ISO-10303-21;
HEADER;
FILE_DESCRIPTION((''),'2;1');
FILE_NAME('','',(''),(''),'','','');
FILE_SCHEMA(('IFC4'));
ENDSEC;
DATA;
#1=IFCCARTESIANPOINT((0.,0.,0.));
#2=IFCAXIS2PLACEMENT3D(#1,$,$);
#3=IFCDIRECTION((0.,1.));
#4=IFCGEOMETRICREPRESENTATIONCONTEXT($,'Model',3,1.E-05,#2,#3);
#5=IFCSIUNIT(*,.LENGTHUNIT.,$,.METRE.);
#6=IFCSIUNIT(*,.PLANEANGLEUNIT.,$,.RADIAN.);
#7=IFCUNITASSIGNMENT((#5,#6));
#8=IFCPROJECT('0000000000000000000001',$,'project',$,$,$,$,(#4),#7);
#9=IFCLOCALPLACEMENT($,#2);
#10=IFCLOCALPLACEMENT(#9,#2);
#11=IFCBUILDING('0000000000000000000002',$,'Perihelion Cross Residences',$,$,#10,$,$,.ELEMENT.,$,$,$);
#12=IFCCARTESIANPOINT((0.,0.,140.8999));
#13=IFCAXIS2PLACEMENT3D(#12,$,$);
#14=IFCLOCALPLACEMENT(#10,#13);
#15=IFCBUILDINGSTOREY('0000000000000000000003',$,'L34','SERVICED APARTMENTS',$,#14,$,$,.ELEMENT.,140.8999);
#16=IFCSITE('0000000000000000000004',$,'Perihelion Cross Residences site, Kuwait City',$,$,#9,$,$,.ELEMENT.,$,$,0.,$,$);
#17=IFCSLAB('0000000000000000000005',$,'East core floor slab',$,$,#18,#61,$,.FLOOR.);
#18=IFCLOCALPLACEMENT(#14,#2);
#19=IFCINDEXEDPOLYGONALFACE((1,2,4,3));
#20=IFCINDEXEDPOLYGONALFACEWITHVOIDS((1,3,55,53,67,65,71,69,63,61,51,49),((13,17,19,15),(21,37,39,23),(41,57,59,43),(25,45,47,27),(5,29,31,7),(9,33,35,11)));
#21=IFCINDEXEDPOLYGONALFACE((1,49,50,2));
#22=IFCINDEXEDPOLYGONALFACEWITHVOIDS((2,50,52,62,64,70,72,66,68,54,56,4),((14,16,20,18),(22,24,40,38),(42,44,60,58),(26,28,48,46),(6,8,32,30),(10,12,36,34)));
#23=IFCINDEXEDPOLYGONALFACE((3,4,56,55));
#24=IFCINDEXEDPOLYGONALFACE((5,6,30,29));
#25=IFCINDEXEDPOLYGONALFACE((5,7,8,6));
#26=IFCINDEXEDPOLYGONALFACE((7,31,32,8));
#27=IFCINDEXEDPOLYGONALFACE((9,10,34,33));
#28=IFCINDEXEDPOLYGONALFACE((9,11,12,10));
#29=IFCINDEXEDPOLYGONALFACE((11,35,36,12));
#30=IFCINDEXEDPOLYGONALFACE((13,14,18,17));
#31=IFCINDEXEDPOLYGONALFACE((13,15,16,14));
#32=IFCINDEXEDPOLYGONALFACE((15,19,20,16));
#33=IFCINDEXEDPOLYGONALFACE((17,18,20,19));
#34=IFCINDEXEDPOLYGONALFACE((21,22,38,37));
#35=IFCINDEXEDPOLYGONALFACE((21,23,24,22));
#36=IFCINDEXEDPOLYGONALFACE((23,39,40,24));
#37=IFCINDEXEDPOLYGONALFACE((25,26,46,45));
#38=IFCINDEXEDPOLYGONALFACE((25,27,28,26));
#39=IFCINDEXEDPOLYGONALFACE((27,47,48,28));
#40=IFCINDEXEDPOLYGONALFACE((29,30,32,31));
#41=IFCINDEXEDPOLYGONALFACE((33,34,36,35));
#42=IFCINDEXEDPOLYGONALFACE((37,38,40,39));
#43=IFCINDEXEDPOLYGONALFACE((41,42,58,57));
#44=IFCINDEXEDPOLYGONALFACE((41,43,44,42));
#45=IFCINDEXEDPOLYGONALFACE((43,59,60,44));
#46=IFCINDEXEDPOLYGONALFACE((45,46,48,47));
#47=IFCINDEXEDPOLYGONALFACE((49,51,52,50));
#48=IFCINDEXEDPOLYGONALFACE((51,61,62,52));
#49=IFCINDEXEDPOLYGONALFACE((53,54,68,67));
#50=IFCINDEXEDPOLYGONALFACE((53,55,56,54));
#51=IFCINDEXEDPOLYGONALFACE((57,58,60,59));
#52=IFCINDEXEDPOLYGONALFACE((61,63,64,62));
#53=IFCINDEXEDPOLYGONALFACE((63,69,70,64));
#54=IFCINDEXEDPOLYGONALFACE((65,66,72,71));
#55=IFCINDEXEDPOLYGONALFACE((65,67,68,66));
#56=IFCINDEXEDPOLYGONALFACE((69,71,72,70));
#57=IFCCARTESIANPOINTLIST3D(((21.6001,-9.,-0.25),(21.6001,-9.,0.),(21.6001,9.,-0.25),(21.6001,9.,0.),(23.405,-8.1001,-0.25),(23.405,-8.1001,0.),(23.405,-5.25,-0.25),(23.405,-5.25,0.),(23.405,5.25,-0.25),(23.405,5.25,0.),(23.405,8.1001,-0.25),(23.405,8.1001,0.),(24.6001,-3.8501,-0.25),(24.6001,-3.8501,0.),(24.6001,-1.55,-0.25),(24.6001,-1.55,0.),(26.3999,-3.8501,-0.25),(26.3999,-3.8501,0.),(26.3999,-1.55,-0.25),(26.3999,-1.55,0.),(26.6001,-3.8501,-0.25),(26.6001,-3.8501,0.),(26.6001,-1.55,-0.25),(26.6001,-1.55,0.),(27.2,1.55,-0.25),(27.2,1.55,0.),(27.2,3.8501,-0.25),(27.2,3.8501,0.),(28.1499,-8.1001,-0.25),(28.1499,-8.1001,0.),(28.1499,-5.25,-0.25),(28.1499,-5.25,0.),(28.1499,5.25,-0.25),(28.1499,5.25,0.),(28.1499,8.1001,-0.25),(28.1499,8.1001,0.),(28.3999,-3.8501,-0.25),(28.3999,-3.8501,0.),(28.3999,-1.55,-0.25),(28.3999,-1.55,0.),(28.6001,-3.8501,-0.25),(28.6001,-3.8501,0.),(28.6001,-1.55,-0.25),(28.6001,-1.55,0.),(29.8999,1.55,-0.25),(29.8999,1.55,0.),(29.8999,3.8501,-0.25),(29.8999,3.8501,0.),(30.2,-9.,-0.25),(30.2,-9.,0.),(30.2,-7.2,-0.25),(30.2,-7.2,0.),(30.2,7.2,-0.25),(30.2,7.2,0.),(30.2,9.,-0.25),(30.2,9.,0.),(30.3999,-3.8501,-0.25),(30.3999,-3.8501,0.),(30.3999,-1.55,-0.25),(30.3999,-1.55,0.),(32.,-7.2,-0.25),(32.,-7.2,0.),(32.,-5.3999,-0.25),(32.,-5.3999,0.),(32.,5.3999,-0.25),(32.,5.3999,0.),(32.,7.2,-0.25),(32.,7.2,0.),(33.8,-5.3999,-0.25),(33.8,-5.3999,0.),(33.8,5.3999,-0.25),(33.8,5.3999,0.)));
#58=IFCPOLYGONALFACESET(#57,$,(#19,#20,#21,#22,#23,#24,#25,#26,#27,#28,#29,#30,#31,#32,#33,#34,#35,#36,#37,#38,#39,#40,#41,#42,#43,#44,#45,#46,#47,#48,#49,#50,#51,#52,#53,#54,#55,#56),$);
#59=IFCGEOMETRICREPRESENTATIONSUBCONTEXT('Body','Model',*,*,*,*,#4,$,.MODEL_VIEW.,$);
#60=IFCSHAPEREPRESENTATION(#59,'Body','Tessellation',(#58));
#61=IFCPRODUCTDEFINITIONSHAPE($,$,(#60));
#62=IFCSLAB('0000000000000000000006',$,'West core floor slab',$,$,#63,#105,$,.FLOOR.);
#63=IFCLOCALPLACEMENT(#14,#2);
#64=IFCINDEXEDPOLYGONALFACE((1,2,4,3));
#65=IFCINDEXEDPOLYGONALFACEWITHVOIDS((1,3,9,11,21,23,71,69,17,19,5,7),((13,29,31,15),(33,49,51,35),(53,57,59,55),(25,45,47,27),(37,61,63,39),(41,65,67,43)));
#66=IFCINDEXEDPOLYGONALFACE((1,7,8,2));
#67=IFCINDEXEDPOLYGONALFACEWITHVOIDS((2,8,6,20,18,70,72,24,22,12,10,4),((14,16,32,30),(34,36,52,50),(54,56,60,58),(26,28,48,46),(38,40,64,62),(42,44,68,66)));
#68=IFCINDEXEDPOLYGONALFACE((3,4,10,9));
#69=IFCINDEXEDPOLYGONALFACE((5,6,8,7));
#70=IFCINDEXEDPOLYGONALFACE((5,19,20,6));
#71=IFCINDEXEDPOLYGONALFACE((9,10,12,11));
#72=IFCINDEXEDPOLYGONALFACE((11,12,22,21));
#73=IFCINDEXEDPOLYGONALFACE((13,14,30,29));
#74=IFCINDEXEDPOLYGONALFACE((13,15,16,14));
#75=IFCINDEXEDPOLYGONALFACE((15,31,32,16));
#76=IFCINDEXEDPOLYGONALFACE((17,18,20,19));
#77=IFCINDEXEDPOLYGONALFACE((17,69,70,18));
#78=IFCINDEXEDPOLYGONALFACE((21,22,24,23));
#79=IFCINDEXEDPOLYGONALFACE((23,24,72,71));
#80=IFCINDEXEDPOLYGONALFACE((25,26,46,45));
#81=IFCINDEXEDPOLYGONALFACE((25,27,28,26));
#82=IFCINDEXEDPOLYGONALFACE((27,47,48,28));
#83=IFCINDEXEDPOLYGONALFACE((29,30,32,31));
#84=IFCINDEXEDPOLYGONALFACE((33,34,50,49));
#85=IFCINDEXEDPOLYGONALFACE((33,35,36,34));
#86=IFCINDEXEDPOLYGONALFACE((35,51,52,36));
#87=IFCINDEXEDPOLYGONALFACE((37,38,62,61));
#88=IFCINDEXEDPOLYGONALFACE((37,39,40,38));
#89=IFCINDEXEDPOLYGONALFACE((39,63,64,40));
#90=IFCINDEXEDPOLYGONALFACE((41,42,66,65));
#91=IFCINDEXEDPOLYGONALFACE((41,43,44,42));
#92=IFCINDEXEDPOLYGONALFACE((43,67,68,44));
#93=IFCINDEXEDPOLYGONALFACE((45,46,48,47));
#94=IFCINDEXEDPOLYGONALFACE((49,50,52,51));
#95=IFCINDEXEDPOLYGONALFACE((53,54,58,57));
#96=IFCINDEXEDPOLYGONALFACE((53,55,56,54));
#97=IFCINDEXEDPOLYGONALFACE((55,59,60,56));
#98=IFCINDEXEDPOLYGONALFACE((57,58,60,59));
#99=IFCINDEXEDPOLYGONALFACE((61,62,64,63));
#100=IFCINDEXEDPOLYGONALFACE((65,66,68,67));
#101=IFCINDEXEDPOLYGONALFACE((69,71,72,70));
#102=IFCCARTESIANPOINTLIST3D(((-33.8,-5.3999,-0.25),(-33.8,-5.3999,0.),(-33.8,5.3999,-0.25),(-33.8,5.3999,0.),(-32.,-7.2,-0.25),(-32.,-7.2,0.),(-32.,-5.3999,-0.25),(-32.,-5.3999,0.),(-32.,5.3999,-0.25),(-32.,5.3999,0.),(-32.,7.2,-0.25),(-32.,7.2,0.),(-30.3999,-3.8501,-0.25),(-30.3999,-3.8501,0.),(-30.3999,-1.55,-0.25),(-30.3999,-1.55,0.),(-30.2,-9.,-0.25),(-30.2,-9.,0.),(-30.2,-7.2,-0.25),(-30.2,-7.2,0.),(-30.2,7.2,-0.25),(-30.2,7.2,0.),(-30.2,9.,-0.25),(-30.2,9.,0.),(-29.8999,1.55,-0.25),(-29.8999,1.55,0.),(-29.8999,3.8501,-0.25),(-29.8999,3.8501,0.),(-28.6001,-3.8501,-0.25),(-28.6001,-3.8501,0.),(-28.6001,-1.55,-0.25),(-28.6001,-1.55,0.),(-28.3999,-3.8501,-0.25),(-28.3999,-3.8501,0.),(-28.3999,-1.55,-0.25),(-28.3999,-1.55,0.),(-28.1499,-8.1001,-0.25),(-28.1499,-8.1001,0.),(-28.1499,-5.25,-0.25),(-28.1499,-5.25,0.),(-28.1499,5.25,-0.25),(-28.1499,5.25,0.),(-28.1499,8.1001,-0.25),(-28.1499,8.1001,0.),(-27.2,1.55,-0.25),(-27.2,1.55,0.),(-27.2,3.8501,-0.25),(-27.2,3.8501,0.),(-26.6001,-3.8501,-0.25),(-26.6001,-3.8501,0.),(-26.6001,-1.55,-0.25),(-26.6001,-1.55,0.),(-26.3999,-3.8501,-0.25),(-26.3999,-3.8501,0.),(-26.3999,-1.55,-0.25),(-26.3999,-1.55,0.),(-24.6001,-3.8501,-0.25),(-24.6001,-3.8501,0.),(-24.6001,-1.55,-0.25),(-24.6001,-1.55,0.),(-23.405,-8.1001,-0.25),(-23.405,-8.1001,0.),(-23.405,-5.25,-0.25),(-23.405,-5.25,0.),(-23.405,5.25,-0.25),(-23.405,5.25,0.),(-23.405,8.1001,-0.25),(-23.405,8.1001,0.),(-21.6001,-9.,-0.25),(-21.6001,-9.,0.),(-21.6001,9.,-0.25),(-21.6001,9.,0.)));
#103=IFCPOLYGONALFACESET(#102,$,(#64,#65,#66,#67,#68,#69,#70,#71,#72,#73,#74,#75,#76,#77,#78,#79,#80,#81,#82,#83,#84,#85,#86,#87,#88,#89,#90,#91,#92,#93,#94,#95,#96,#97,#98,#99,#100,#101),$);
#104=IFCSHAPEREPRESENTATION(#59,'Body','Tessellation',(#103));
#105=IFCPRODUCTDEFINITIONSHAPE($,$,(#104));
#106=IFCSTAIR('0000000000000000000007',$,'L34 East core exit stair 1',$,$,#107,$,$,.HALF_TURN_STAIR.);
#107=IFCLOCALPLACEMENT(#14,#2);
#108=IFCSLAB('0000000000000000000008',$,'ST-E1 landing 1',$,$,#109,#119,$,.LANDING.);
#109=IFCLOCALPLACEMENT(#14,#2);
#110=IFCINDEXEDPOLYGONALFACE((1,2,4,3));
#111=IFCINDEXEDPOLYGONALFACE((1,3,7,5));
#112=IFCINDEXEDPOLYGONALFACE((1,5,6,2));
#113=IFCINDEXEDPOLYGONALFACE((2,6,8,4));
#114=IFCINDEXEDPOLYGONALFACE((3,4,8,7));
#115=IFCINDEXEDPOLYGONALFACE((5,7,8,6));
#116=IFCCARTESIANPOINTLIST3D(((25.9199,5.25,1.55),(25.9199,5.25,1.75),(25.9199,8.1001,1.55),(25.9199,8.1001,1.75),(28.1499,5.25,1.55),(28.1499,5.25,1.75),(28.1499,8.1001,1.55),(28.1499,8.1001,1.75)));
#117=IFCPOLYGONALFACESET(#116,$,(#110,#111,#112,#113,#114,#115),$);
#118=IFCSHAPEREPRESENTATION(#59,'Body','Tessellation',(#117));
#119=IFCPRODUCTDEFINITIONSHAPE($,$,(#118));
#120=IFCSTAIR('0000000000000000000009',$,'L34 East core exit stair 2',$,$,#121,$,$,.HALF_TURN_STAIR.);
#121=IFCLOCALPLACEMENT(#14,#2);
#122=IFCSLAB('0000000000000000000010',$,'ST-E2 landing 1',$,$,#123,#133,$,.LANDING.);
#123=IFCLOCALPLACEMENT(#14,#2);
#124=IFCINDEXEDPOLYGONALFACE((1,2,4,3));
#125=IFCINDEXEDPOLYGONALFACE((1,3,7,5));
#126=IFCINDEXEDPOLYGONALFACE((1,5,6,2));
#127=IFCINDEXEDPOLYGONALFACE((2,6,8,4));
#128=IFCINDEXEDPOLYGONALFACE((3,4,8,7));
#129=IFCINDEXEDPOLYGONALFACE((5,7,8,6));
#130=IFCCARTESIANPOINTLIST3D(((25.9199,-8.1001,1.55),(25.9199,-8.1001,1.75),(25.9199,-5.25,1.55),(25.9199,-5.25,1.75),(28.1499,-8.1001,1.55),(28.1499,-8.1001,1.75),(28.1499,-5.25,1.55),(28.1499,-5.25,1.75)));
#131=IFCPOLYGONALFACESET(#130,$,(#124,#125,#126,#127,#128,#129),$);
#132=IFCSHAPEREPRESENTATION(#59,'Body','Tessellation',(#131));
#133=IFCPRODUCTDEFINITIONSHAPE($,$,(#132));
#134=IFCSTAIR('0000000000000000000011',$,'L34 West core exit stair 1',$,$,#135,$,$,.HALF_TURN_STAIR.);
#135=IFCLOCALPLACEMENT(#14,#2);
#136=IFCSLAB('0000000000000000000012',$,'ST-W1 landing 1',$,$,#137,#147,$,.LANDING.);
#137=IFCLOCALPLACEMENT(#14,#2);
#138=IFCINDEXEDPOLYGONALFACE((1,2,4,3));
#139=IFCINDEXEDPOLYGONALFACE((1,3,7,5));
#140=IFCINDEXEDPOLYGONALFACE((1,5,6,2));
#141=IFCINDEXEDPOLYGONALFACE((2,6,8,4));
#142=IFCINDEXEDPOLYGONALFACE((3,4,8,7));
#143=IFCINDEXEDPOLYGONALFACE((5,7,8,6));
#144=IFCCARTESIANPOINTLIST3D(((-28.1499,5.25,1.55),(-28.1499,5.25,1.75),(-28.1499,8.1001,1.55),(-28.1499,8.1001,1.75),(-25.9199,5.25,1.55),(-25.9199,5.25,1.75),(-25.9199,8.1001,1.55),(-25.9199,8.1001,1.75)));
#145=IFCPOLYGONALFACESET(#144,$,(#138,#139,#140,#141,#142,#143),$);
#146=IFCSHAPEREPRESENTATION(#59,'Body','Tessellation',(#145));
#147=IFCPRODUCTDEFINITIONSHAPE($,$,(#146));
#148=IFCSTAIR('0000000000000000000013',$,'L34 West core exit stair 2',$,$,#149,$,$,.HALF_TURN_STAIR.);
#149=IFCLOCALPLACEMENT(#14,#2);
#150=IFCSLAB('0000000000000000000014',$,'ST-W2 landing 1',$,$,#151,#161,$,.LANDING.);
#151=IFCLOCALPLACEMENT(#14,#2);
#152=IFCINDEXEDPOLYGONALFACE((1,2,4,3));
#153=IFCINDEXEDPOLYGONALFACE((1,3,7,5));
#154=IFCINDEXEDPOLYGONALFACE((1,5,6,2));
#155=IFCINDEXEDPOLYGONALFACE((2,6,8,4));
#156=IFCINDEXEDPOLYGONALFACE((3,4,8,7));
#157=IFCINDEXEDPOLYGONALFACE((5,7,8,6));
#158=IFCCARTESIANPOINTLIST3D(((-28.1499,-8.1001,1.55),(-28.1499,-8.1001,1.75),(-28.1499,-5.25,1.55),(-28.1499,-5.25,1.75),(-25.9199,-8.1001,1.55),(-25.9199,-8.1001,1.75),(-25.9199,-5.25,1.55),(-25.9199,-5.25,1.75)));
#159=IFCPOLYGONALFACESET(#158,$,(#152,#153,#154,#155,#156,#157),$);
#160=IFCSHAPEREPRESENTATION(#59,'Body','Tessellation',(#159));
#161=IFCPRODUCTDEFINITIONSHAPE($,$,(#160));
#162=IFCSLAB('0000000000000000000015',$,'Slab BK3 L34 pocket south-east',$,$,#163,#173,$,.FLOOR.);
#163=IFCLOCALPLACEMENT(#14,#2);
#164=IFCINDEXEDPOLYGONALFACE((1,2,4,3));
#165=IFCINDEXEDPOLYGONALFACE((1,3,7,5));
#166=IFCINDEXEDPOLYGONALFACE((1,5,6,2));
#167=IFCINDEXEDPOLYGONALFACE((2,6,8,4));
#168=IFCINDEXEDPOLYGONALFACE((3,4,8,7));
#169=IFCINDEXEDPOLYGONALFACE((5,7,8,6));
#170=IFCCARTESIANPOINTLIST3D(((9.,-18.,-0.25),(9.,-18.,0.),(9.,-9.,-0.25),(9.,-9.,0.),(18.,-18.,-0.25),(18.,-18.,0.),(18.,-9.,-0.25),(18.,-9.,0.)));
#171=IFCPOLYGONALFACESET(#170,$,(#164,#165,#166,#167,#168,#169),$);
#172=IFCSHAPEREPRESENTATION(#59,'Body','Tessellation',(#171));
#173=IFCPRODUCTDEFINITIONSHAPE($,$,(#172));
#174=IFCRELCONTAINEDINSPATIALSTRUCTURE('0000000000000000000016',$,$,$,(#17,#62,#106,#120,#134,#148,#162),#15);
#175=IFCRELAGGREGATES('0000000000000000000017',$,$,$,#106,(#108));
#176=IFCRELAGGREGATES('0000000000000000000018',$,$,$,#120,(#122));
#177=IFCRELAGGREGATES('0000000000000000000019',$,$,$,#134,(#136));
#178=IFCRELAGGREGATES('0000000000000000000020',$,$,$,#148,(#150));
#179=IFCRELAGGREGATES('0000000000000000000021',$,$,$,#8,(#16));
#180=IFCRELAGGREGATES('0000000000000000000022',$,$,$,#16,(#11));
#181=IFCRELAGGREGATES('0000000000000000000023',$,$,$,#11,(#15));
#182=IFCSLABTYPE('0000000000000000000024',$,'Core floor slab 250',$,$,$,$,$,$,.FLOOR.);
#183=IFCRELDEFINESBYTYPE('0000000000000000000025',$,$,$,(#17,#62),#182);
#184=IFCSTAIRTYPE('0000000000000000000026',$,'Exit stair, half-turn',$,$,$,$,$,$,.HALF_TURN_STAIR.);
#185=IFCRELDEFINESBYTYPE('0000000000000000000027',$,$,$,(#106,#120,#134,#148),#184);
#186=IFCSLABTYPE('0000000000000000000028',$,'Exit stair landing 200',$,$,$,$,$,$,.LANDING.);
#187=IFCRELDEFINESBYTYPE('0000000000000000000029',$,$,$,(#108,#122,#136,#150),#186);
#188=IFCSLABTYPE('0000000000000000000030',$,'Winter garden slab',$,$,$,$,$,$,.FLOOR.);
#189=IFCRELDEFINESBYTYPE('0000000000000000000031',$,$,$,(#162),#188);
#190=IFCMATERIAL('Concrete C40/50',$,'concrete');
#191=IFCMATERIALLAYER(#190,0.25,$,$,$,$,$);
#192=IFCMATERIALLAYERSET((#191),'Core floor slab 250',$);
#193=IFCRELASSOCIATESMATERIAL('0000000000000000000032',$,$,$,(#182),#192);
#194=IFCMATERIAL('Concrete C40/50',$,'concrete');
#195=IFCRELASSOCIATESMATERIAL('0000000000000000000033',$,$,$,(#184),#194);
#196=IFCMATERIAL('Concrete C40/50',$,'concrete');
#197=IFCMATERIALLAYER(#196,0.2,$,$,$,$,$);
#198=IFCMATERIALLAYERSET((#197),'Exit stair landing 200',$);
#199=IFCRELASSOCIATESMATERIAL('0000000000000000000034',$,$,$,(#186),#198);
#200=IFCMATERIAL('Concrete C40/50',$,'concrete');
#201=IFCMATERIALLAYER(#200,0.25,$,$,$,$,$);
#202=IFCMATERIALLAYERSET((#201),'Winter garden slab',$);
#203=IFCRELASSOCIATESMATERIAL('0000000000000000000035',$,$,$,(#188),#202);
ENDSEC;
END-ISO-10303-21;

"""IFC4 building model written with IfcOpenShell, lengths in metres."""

from ifc_helpers import new_model, si_unit, direction, frame, origin, place, context, subcontext, project, spatial, polyline, outline, extrude, material, layer, layer_set, type_object, element, aggregate, save


model = new_model("IFC4")

# Units and contexts
model_context = context("Model", 3, precision=1e-05, world=origin(), true_north=direction((0.0, 1.0)))
body_context = subcontext(model_context, "Body", "Model", "MODEL_VIEW")
ifc_project = project(units=[si_unit("LENGTHUNIT", "METRE"), si_unit("PLANEANGLEUNIT", "RADIAN")], contexts=[model_context])

# Site, building, storey
site_placement = place(None, origin())
site = spatial("IfcSite", under=ifc_project, at=site_placement, Name="Perihelion Cross Residences site, Kuwait City", CompositionType="ELEMENT", RefElevation=0.0)
building_placement = place(site_placement, origin())
building = spatial("IfcBuilding", under=site, at=building_placement, Name="Perihelion Cross Residences", CompositionType="ELEMENT")
storey_placement = place(building_placement, frame((0.0, 0.0, 140.8999)))
storey = spatial("IfcBuildingStorey", under=building, at=storey_placement, Name="L34", Description="SERVICED APARTMENTS", CompositionType="ELEMENT", Elevation=140.8999)

# Slabs
ifc_material_1 = material(Name="Concrete C40/50", Category="concrete")
ifc_layer_1 = layer(ifc_material_1, 0.25)
ifc_layer_set_1 = layer_set([ifc_layer_1], Name="Core floor slab 250")
slab_type_1 = type_object("IfcSlabType", Name="Core floor slab 250", PredefinedType="FLOOR", material=ifc_layer_set_1)
slab_1_placement = place(storey_placement, frame((0.0, 0.0, -0.25)))
element("IfcSlab", 1, at=slab_1_placement, inside=storey, type_object=slab_type_1, Name="East core floor slab", PredefinedType="FLOOR", context=body_context, shape_type="SweptSolid", body=[
    extrude(outline(polyline([(30.2, 7.2), (32.0, 7.2), (32.0, 5.3999), (33.8, 5.3999), (33.8, -5.3999), (32.0, -5.3999), (32.0, -7.2), (30.2, -7.2), (30.2, -9.0), (21.6001, -9.0), (21.6001, 9.0), (30.2, 9.0), (30.2, 7.2)]), holes=[polyline([(28.1499, -8.1001), (28.1499, -5.25), (23.405, -5.25), (23.405, -8.1001), (28.1499, -8.1001)]), polyline([(24.6001, -1.55), (24.6001, -3.8501), (26.3999, -3.8501), (26.3999, -1.55), (24.6001, -1.55)]), polyline([(26.6001, -1.55), (26.6001, -3.8501), (28.3999, -3.8501), (28.3999, -1.55), (26.6001, -1.55)]), polyline([(28.6001, -3.8501), (30.3999, -3.8501), (30.3999, -1.55), (28.6001, -1.55), (28.6001, -3.8501)]), polyline([(27.2, 3.8501), (27.2, 1.55), (29.8999, 1.55), (29.8999, 3.8501), (27.2, 3.8501)]), polyline([(23.405, 5.25), (28.1499, 5.25), (28.1499, 8.1001), (23.405, 8.1001), (23.405, 5.25)])]), origin(), (0.0, 0.0, 1.0), 0.25),
])
slab_2_placement = place(storey_placement, frame((0.0, 0.0, -0.25)))
element("IfcSlab", 2, at=slab_2_placement, inside=storey, type_object=slab_type_1, Name="West core floor slab", PredefinedType="FLOOR", context=body_context, shape_type="SweptSolid", body=[
    extrude(outline(polyline([(-30.2, 7.2), (-32.0, 7.2), (-32.0, 5.3999), (-33.8, 5.3999), (-33.8, -5.3999), (-32.0, -5.3999), (-32.0, -7.2), (-30.2, -7.2), (-30.2, -9.0), (-21.6001, -9.0), (-21.6001, 9.0), (-30.2, 9.0), (-30.2, 7.2)]), holes=[polyline([(-28.1499, -8.1001), (-28.1499, -5.25), (-23.405, -5.25), (-23.405, -8.1001), (-28.1499, -8.1001)]), polyline([(-24.6001, -1.55), (-24.6001, -3.8501), (-26.3999, -3.8501), (-26.3999, -1.55), (-24.6001, -1.55)]), polyline([(-26.6001, -1.55), (-26.6001, -3.8501), (-28.3999, -3.8501), (-28.3999, -1.55), (-26.6001, -1.55)]), polyline([(-28.6001, -3.8501), (-30.3999, -3.8501), (-30.3999, -1.55), (-28.6001, -1.55), (-28.6001, -3.8501)]), polyline([(-27.2, 3.8501), (-27.2, 1.55), (-29.8999, 1.55), (-29.8999, 3.8501), (-27.2, 3.8501)]), polyline([(-23.405, 5.25), (-28.1499, 5.25), (-28.1499, 8.1001), (-23.405, 8.1001), (-23.405, 5.25)])]), origin(), (0.0, 0.0, 1.0), 0.25),
])

# Stairs, slabs
ifc_material_2 = material(Name="Concrete C40/50", Category="concrete")
stair_type = type_object("IfcStairType", Name="Exit stair, half-turn", PredefinedType="HALF_TURN_STAIR", material=ifc_material_2)
stair_1_placement = place(storey_placement, origin())
stair_1 = element("IfcStair", 3, at=stair_1_placement, inside=storey, type_object=stair_type, Name="L34 East core exit stair 1", PredefinedType="HALF_TURN_STAIR")
ifc_material_3 = material(Name="Concrete C40/50", Category="concrete")
ifc_layer_2 = layer(ifc_material_3, 0.2)
ifc_layer_set_2 = layer_set([ifc_layer_2], Name="Exit stair landing 200")
slab_type_2 = type_object("IfcSlabType", Name="Exit stair landing 200", PredefinedType="LANDING", material=ifc_layer_set_2)
slab_3_placement = place(storey_placement, frame((0.0, 0.0, 1.55)))
slab_3 = element("IfcSlab", 4, at=slab_3_placement, type_object=slab_type_2, Name="ST-E1 landing 1", PredefinedType="LANDING", context=body_context, shape_type="SweptSolid", body=[
    extrude(outline(polyline([(25.9199, 5.25), (28.1499, 5.25), (28.1499, 8.1001), (25.9199, 8.1001), (25.9199, 5.25)])), origin(), (0.0, 0.0, 1.0), 0.2),
])
aggregate(stair_1, [slab_3])
stair_2_placement = place(storey_placement, origin())
stair_2 = element("IfcStair", 5, at=stair_2_placement, inside=storey, type_object=stair_type, Name="L34 East core exit stair 2", PredefinedType="HALF_TURN_STAIR")
slab_4_placement = place(storey_placement, frame((0.0, 0.0, 1.55)))
slab_4 = element("IfcSlab", 6, at=slab_4_placement, type_object=slab_type_2, Name="ST-E2 landing 1", PredefinedType="LANDING", context=body_context, shape_type="SweptSolid", body=[
    extrude(outline(polyline([(25.9199, -8.1001), (28.1499, -8.1001), (28.1499, -5.25), (25.9199, -5.25), (25.9199, -8.1001)])), origin(), (0.0, 0.0, 1.0), 0.2),
])
aggregate(stair_2, [slab_4])
stair_3_placement = place(storey_placement, origin())
stair_3 = element("IfcStair", 7, at=stair_3_placement, inside=storey, type_object=stair_type, Name="L34 West core exit stair 1", PredefinedType="HALF_TURN_STAIR")
slab_5_placement = place(storey_placement, frame((0.0, 0.0, 1.55)))
slab_5 = element("IfcSlab", 8, at=slab_5_placement, type_object=slab_type_2, Name="ST-W1 landing 1", PredefinedType="LANDING", context=body_context, shape_type="SweptSolid", body=[
    extrude(outline(polyline([(-25.9199, 8.1001), (-28.1499, 8.1001), (-28.1499, 5.25), (-25.9199, 5.25), (-25.9199, 8.1001)])), origin(), (0.0, 0.0, 1.0), 0.2),
])
aggregate(stair_3, [slab_5])
stair_4_placement = place(storey_placement, origin())
stair_4 = element("IfcStair", 9, at=stair_4_placement, inside=storey, type_object=stair_type, Name="L34 West core exit stair 2", PredefinedType="HALF_TURN_STAIR")
slab_6_placement = place(storey_placement, frame((0.0, 0.0, 1.55)))
slab_6 = element("IfcSlab", 10, at=slab_6_placement, type_object=slab_type_2, Name="ST-W2 landing 1", PredefinedType="LANDING", context=body_context, shape_type="SweptSolid", body=[
    extrude(outline(polyline([(-25.9199, -5.25), (-28.1499, -5.25), (-28.1499, -8.1001), (-25.9199, -8.1001), (-25.9199, -5.25)])), origin(), (0.0, 0.0, 1.0), 0.2),
])
aggregate(stair_4, [slab_6])

# Slab
ifc_material_4 = material(Name="Concrete C40/50", Category="concrete")
ifc_layer_3 = layer(ifc_material_4, 0.25)
ifc_layer_set_3 = layer_set([ifc_layer_3], Name="Winter garden slab")
slab_type_3 = type_object("IfcSlabType", Name="Winter garden slab", PredefinedType="FLOOR", material=ifc_layer_set_3)
slab_7_placement = place(storey_placement, frame((0.0, 0.0, -0.25)))
element("IfcSlab", 11, at=slab_7_placement, inside=storey, type_object=slab_type_3, Name="Slab BK3 L34 pocket south-east", PredefinedType="FLOOR", context=body_context, shape_type="SweptSolid", body=[
    extrude(outline(polyline([(18.0, -18.0), (18.0, -9.0), (9.0, -9.0), (9.0, -18.0), (18.0, -18.0)])), origin(), (0.0, 0.0, 1.0), 0.25),
])

save(model, "model.ifc")
